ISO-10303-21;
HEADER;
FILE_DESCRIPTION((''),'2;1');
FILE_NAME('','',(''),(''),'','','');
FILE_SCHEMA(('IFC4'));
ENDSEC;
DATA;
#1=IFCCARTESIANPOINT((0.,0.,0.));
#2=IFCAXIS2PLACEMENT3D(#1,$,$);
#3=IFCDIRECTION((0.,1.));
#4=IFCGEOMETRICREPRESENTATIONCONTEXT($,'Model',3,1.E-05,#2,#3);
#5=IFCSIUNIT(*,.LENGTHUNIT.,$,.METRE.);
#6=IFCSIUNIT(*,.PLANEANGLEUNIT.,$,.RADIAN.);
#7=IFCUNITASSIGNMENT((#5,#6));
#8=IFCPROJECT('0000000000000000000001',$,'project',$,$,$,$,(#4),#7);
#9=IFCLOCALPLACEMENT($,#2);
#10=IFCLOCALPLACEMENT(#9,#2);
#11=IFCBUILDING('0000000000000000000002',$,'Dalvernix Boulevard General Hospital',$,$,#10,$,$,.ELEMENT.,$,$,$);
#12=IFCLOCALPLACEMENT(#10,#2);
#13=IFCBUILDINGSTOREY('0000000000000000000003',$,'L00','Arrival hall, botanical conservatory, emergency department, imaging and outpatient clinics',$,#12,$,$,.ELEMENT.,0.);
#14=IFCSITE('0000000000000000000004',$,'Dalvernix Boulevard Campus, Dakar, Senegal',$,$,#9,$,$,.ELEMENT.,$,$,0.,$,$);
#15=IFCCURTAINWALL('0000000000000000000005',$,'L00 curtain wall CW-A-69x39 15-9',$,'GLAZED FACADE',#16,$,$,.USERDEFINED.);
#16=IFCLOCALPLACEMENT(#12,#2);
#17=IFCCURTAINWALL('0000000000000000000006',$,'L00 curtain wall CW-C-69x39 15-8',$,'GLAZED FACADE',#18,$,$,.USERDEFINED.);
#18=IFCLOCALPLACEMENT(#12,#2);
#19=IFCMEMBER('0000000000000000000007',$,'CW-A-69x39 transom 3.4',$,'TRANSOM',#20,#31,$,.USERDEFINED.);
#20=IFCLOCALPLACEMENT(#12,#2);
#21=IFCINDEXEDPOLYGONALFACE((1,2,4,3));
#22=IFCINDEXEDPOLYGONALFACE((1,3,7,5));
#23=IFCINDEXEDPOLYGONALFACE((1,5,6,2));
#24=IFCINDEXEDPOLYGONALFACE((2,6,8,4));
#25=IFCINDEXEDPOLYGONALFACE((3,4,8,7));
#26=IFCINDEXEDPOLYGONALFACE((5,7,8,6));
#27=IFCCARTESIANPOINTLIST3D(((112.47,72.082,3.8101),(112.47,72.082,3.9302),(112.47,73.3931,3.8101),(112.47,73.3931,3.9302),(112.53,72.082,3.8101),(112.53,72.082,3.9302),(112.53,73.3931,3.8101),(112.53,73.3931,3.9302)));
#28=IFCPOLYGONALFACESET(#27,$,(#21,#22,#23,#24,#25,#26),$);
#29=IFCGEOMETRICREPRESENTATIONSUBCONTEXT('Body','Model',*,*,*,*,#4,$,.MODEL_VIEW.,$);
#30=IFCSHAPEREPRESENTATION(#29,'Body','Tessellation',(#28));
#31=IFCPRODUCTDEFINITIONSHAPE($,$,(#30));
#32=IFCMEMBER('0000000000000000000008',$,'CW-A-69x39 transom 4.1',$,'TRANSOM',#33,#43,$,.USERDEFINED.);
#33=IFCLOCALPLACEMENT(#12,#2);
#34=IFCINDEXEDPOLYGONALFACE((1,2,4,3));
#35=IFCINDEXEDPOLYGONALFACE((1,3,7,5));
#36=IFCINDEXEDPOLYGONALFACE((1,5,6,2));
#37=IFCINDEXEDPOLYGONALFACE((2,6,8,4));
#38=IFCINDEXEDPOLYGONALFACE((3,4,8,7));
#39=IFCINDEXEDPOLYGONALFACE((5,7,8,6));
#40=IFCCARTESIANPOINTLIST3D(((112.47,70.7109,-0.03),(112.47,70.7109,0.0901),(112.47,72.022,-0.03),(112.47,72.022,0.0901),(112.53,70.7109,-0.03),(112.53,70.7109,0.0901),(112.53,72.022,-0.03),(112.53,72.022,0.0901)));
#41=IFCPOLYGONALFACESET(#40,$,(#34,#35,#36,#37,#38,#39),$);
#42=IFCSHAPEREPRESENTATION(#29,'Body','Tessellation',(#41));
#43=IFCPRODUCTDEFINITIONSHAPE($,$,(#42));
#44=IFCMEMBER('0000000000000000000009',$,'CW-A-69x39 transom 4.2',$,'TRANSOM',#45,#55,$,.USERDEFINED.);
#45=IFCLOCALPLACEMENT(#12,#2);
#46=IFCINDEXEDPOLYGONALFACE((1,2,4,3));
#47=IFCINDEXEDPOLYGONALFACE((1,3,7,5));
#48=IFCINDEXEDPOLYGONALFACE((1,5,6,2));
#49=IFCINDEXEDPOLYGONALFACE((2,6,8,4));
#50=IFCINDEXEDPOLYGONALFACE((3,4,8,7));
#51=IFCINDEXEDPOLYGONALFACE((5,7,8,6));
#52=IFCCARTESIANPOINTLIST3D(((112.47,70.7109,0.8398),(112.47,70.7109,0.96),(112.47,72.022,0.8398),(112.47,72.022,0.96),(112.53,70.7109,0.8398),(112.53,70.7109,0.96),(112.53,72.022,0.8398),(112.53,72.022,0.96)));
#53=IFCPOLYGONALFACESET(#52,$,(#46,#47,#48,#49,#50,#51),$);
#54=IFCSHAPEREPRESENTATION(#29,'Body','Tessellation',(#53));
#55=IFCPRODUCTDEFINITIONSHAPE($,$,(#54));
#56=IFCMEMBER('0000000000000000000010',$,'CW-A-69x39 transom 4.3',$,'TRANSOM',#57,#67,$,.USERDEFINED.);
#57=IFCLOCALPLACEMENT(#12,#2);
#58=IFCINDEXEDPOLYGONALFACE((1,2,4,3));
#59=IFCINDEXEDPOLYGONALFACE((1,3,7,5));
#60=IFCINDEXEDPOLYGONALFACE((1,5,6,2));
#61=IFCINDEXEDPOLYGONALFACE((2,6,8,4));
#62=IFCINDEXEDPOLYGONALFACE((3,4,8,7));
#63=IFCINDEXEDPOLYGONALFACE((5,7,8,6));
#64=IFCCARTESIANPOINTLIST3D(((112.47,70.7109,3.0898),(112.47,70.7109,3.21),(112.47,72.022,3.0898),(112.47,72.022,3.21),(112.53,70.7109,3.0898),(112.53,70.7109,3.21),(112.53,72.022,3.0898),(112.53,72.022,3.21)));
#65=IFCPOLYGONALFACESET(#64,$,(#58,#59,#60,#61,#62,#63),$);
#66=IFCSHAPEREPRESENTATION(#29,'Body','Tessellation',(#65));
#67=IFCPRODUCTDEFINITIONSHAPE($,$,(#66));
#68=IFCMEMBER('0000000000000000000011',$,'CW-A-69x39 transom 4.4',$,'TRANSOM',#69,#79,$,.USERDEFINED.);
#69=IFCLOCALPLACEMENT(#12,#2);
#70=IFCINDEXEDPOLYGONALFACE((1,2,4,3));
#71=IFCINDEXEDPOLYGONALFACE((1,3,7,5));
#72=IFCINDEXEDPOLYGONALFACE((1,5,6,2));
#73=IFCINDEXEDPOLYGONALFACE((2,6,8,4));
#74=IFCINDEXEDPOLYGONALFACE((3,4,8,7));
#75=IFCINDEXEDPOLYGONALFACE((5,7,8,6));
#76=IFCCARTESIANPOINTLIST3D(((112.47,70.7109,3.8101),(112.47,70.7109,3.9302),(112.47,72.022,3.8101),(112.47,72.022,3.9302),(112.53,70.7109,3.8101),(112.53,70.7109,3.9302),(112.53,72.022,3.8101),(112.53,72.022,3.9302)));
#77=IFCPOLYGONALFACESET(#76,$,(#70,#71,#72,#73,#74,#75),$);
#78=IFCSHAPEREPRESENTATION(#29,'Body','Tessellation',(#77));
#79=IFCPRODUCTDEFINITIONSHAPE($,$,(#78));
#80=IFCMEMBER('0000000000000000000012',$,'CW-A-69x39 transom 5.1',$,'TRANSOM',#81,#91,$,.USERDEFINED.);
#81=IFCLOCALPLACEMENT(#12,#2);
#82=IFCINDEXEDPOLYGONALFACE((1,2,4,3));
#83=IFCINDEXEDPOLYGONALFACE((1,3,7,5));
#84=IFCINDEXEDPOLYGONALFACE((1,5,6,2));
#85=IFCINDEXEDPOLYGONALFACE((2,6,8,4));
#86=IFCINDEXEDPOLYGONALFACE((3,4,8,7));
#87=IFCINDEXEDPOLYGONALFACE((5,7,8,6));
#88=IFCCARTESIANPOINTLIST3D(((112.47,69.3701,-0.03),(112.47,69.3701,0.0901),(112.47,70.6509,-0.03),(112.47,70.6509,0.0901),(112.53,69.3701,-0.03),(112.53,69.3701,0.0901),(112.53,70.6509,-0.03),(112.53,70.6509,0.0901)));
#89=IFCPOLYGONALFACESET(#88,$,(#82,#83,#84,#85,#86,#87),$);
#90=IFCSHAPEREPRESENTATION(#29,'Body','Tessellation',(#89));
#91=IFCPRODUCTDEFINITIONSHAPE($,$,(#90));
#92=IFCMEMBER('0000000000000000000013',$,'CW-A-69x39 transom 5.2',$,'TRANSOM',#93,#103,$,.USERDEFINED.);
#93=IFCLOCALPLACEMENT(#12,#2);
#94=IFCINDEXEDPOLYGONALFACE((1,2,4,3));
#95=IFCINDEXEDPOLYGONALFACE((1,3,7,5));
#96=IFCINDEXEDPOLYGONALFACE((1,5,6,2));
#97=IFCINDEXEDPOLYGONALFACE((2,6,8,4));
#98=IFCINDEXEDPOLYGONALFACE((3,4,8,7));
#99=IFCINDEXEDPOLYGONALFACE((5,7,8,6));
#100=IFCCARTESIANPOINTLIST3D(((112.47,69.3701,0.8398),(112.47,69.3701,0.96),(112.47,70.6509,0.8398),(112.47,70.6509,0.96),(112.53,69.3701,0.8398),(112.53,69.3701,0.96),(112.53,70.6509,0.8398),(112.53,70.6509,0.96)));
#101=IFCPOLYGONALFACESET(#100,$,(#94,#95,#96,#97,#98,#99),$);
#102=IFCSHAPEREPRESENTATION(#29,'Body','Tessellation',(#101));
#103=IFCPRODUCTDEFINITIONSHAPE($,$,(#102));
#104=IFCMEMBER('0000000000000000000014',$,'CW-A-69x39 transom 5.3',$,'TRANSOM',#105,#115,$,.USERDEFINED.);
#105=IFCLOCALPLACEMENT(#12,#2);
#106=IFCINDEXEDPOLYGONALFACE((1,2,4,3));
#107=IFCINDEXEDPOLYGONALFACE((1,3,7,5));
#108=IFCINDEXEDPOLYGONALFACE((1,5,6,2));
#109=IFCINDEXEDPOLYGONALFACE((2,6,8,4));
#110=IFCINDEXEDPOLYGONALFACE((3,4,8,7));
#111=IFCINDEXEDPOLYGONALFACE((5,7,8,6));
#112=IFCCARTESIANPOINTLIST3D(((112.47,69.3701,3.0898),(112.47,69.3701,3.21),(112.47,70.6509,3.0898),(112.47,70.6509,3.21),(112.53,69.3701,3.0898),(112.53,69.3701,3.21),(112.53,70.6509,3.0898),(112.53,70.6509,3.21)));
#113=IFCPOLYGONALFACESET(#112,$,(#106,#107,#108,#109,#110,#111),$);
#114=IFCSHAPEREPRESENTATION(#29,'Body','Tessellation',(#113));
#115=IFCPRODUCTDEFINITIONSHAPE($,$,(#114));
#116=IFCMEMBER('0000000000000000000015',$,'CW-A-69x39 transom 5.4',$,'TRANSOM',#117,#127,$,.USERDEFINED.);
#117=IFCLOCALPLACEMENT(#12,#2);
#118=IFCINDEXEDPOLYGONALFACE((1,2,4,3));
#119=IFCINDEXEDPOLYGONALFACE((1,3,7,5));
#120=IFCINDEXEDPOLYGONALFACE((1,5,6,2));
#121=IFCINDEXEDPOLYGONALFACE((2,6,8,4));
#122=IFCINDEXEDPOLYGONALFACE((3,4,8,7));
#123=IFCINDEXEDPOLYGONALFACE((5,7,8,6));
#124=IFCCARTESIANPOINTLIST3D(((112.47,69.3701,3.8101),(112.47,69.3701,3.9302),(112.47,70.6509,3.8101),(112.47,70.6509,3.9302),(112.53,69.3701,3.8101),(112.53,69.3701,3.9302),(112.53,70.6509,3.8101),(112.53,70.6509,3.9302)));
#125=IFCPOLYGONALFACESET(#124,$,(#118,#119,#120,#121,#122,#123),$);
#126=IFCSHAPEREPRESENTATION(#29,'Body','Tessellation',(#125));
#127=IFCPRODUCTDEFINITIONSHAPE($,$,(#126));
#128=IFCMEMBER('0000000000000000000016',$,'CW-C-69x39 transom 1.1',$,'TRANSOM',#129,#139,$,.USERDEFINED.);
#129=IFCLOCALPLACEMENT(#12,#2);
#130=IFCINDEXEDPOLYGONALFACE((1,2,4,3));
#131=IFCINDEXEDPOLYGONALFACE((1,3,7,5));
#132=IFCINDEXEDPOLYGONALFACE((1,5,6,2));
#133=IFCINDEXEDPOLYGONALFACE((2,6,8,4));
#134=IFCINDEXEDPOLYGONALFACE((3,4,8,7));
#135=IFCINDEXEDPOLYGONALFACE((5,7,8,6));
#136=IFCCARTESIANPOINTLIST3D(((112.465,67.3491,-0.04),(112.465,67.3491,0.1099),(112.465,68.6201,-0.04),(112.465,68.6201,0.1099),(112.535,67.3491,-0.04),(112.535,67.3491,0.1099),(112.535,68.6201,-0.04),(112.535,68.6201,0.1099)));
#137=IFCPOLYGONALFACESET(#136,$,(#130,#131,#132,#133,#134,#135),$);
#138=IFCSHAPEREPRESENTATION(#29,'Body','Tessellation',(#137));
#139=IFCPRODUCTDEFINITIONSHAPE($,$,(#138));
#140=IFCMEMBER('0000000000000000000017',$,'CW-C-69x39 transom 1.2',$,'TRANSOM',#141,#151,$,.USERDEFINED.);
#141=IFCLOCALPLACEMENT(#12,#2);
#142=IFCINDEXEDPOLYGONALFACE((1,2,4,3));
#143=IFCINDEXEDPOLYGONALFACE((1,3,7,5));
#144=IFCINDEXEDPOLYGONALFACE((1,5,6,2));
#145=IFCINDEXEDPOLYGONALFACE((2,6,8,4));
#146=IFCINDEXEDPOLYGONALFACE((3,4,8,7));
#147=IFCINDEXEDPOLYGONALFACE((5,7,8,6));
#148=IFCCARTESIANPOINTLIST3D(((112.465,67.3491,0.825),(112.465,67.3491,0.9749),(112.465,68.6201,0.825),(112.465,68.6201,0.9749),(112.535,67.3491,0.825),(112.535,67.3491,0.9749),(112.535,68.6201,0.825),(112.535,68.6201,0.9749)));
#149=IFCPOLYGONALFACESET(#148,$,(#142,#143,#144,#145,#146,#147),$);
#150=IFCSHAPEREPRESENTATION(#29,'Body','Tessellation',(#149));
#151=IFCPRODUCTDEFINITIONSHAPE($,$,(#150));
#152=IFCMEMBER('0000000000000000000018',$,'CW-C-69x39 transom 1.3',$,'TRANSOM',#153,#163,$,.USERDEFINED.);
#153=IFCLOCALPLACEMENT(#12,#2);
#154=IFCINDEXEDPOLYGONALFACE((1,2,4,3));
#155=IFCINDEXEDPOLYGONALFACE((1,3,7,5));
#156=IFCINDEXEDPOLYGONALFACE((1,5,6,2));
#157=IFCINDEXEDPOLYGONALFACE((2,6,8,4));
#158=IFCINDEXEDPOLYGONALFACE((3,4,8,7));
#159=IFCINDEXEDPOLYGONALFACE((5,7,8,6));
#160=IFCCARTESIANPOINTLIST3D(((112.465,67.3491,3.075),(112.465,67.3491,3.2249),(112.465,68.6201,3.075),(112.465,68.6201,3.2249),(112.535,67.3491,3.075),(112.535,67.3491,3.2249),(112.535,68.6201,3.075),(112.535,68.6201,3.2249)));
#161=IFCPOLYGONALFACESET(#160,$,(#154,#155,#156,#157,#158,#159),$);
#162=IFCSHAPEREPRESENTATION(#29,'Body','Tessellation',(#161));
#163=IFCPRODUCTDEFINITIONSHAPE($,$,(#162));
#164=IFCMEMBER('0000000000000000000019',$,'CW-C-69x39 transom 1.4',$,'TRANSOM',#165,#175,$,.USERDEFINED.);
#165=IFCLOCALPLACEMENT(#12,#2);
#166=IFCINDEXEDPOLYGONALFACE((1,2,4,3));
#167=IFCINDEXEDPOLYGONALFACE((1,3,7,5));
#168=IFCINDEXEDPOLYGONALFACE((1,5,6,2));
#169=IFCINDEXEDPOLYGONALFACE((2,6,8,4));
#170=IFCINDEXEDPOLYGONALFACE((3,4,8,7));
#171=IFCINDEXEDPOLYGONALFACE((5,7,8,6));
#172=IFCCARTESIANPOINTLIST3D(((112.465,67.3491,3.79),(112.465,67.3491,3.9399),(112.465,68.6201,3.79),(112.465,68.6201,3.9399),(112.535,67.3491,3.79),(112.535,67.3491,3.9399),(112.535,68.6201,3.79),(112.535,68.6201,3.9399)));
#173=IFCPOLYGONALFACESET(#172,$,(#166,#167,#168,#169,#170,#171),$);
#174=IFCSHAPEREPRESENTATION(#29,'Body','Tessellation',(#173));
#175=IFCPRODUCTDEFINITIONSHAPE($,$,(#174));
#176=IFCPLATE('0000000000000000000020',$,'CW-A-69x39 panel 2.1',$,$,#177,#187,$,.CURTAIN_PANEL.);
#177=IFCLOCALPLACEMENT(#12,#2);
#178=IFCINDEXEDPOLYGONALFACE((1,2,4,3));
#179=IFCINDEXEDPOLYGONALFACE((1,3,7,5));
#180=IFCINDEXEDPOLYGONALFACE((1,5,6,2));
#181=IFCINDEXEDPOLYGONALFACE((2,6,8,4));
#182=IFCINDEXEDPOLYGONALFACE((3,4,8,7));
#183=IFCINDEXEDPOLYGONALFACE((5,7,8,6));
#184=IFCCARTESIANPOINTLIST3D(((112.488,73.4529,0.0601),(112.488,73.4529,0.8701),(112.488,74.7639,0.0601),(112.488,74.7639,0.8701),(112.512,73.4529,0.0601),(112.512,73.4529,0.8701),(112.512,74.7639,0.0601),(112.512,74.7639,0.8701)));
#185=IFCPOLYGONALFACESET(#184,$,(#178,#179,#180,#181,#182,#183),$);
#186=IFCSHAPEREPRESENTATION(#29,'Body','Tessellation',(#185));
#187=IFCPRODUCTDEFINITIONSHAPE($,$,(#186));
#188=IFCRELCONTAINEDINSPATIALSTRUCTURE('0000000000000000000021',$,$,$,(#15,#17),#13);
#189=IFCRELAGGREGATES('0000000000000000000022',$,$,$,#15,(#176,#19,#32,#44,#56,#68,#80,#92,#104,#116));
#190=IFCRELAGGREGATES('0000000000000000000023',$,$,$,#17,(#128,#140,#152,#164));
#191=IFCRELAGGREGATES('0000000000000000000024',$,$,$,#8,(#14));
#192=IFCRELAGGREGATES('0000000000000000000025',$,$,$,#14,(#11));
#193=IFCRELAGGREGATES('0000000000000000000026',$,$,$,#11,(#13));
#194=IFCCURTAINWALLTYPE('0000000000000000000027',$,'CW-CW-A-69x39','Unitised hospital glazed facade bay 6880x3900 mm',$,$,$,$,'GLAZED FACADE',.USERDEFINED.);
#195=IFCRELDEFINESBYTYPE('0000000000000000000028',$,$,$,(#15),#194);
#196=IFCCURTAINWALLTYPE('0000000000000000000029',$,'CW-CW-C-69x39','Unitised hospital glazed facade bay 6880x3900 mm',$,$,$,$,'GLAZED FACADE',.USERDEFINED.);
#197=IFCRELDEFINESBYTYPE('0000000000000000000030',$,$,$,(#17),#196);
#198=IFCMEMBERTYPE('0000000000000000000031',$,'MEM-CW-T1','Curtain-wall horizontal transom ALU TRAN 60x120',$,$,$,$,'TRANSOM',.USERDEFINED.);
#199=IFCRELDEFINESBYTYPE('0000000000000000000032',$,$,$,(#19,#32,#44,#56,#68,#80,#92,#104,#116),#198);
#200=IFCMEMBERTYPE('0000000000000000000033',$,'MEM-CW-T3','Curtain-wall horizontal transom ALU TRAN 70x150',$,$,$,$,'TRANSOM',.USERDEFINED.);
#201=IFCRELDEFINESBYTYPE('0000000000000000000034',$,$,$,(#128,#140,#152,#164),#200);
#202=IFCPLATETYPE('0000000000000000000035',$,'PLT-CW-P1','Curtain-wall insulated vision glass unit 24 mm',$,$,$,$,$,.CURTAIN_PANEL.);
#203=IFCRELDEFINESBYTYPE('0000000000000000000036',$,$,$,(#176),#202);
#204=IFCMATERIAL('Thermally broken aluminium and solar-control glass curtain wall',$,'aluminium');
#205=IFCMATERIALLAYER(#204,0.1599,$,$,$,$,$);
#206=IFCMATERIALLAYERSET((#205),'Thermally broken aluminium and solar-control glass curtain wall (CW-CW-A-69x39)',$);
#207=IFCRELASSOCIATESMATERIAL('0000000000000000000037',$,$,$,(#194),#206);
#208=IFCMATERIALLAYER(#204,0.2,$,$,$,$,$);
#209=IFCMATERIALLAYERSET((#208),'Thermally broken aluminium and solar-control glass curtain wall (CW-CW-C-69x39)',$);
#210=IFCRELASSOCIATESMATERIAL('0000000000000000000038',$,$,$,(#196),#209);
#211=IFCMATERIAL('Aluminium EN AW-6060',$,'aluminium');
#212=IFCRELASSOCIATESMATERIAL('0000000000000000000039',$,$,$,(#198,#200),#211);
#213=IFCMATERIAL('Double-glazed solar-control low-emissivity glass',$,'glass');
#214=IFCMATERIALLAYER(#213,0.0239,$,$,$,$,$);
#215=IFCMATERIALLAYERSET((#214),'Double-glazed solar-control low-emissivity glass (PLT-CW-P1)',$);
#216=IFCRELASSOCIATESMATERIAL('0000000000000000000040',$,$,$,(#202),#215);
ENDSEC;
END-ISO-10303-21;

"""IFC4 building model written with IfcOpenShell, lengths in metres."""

from ifc_helpers import new_model, si_unit, direction, frame, origin, origin_2d, place, context, subcontext, project, spatial, rectangle, extrude, material, layer, layer_set, material_profile, profile_set, type_object, element, aggregate, save


model = new_model("IFC4")

# Units and contexts
model_context = context("Model", 3, precision=1e-05, world=origin(), true_north=direction((0.0, 1.0)))
body_context = subcontext(model_context, "Body", "Model", "MODEL_VIEW")
ifc_project = project(units=[si_unit("LENGTHUNIT", "METRE"), si_unit("PLANEANGLEUNIT", "RADIAN")], contexts=[model_context])

# Site, building, storey
site_placement = place(None, origin())
site = spatial("IfcSite", under=ifc_project, at=site_placement, Name="Dalvernix Boulevard Campus, Dakar, Senegal", CompositionType="ELEMENT", RefElevation=0.0)
building_placement = place(site_placement, origin())
building = spatial("IfcBuilding", under=site, at=building_placement, Name="Dalvernix Boulevard General Hospital", CompositionType="ELEMENT")
storey_placement = place(building_placement, origin())
storey = spatial("IfcBuildingStorey", under=building, at=storey_placement, Name="L00", Description="Arrival hall, botanical conservatory, emergency department, imaging and outpatient clinics", CompositionType="ELEMENT", Elevation=0.0)

# Curtain wall
ifc_material_1 = material(Name="Thermally broken aluminium and solar-control glass curtain wall", Category="aluminium")
ifc_layer_1 = layer(ifc_material_1, 0.1599)
ifc_layer_set_1 = layer_set([ifc_layer_1], Name="Thermally broken aluminium and solar-control glass curtain wall (CW-CW-A-69x39)")
curtain_wall_type_1 = type_object("IfcCurtainWallType", Name="CW-CW-A-69x39", Description="Unitised hospital glazed facade bay 6880x3900 mm", ElementType="GLAZED FACADE", PredefinedType="USERDEFINED", material=ifc_layer_set_1)
curtain_wall_1_placement = place(storey_placement, origin())
curtain_wall_1 = element("IfcCurtainWall", 1, at=curtain_wall_1_placement, inside=storey, type_object=curtain_wall_type_1, Name="L00 curtain wall CW-A-69x39 15-9", ObjectType="GLAZED FACADE", PredefinedType="USERDEFINED")
ifc_material_2 = material(Name="Aluminium EN AW-6060", Category="aluminium")

# Curtain wall
ifc_layer_2 = layer(ifc_material_1, 0.2)
ifc_layer_set_2 = layer_set([ifc_layer_2], Name="Thermally broken aluminium and solar-control glass curtain wall (CW-CW-C-69x39)")
curtain_wall_type_2 = type_object("IfcCurtainWallType", Name="CW-CW-C-69x39", Description="Unitised hospital glazed facade bay 6880x3900 mm", ElementType="GLAZED FACADE", PredefinedType="USERDEFINED", material=ifc_layer_set_2)
curtain_wall_2_placement = place(storey_placement, origin())
curtain_wall_2 = element("IfcCurtainWall", 2, at=curtain_wall_2_placement, inside=storey, type_object=curtain_wall_type_2, Name="L00 curtain wall CW-C-69x39 15-8", ObjectType="GLAZED FACADE", PredefinedType="USERDEFINED")

# Members
ifc_material_profile_1 = material_profile(ifc_material_2, rectangle(XDim=0.0601, YDim=0.1201, at=origin_2d()), Name="ALU TRAN 60x120")
ifc_profile_set_1 = profile_set([ifc_material_profile_1], Name="Aluminium EN AW-6060")
member_type_1 = type_object("IfcMemberType", Name="MEM-CW-T1", Description="Curtain-wall horizontal transom ALU TRAN 60x120", ElementType="TRANSOM", PredefinedType="USERDEFINED", material=ifc_profile_set_1)
member_1_placement = place(storey_placement, frame((112.5, 73.3931, 3.8701), z_axis=(0.0, -1.0, 0.0), x_axis=(1.0, 0.0, 0.0)))
member_1 = element("IfcMember", 3, at=member_1_placement, type_object=member_type_1, Name="CW-A-69x39 transom 3.4", ObjectType="TRANSOM", PredefinedType="USERDEFINED", context=body_context, shape_type="SweptSolid", body=[
    extrude(rectangle(XDim=0.0601, YDim=0.1201, at=origin_2d()), origin(), (0.0, 0.0, 1.0), 1.311),
])
member_2_placement = place(storey_placement, frame((112.5, 72.022, 0.03), z_axis=(0.0, -1.0, 0.0), x_axis=(1.0, 0.0, 0.0)))
member_2 = element("IfcMember", 4, at=member_2_placement, type_object=member_type_1, Name="CW-A-69x39 transom 4.1", ObjectType="TRANSOM", PredefinedType="USERDEFINED", context=body_context, shape_type="SweptSolid", body=[
    extrude(rectangle(XDim=0.0601, YDim=0.1201, at=origin_2d()), origin(), (0.0, 0.0, 1.0), 1.311),
])
member_3_placement = place(storey_placement, frame((112.5, 72.022, 0.8999), z_axis=(0.0, -1.0, 0.0), x_axis=(1.0, 0.0, 0.0)))
member_3 = element("IfcMember", 5, at=member_3_placement, type_object=member_type_1, Name="CW-A-69x39 transom 4.2", ObjectType="TRANSOM", PredefinedType="USERDEFINED", context=body_context, shape_type="SweptSolid", body=[
    extrude(rectangle(XDim=0.0601, YDim=0.1201, at=origin_2d()), origin(), (0.0, 0.0, 1.0), 1.311),
])
member_4_placement = place(storey_placement, frame((112.5, 72.022, 3.1499), z_axis=(0.0, -1.0, 0.0), x_axis=(1.0, 0.0, 0.0)))
member_4 = element("IfcMember", 6, at=member_4_placement, type_object=member_type_1, Name="CW-A-69x39 transom 4.3", ObjectType="TRANSOM", PredefinedType="USERDEFINED", context=body_context, shape_type="SweptSolid", body=[
    extrude(rectangle(XDim=0.0601, YDim=0.1201, at=origin_2d()), origin(), (0.0, 0.0, 1.0), 1.311),
])
member_5_placement = place(storey_placement, frame((112.5, 72.022, 3.8701), z_axis=(0.0, -1.0, 0.0), x_axis=(1.0, 0.0, 0.0)))
member_5 = element("IfcMember", 7, at=member_5_placement, type_object=member_type_1, Name="CW-A-69x39 transom 4.4", ObjectType="TRANSOM", PredefinedType="USERDEFINED", context=body_context, shape_type="SweptSolid", body=[
    extrude(rectangle(XDim=0.0601, YDim=0.1201, at=origin_2d()), origin(), (0.0, 0.0, 1.0), 1.311),
])
member_6_placement = place(storey_placement, frame((112.5, 70.6509, 0.03), z_axis=(0.0, -1.0, 0.0), x_axis=(1.0, 0.0, 0.0)))
member_6 = element("IfcMember", 8, at=member_6_placement, type_object=member_type_1, Name="CW-A-69x39 transom 5.1", ObjectType="TRANSOM", PredefinedType="USERDEFINED", context=body_context, shape_type="SweptSolid", body=[
    extrude(rectangle(XDim=0.0601, YDim=0.1201, at=origin_2d()), origin(), (0.0, 0.0, 1.0), 1.2808),
])
member_7_placement = place(storey_placement, frame((112.5, 70.6509, 0.8999), z_axis=(0.0, -1.0, 0.0), x_axis=(1.0, 0.0, 0.0)))
member_7 = element("IfcMember", 9, at=member_7_placement, type_object=member_type_1, Name="CW-A-69x39 transom 5.2", ObjectType="TRANSOM", PredefinedType="USERDEFINED", context=body_context, shape_type="SweptSolid", body=[
    extrude(rectangle(XDim=0.0601, YDim=0.1201, at=origin_2d()), origin(), (0.0, 0.0, 1.0), 1.2808),
])
member_8_placement = place(storey_placement, frame((112.5, 70.6509, 3.1499), z_axis=(0.0, -1.0, 0.0), x_axis=(1.0, 0.0, 0.0)))
member_8 = element("IfcMember", 10, at=member_8_placement, type_object=member_type_1, Name="CW-A-69x39 transom 5.3", ObjectType="TRANSOM", PredefinedType="USERDEFINED", context=body_context, shape_type="SweptSolid", body=[
    extrude(rectangle(XDim=0.0601, YDim=0.1201, at=origin_2d()), origin(), (0.0, 0.0, 1.0), 1.2808),
])
member_9_placement = place(storey_placement, frame((112.5, 70.6509, 3.8701), z_axis=(0.0, -1.0, 0.0), x_axis=(1.0, 0.0, 0.0)))
member_9 = element("IfcMember", 11, at=member_9_placement, type_object=member_type_1, Name="CW-A-69x39 transom 5.4", ObjectType="TRANSOM", PredefinedType="USERDEFINED", context=body_context, shape_type="SweptSolid", body=[
    extrude(rectangle(XDim=0.0601, YDim=0.1201, at=origin_2d()), origin(), (0.0, 0.0, 1.0), 1.2808),
])
ifc_material_profile_2 = material_profile(ifc_material_2, rectangle(XDim=0.0701, YDim=0.1499, at=origin_2d()), Name="ALU TRAN 70x150")
ifc_profile_set_2 = profile_set([ifc_material_profile_2], Name="Aluminium EN AW-6060")
member_type_2 = type_object("IfcMemberType", Name="MEM-CW-T3", Description="Curtain-wall horizontal transom ALU TRAN 70x150", ElementType="TRANSOM", PredefinedType="USERDEFINED", material=ifc_profile_set_2)
member_10_placement = place(storey_placement, frame((112.5, 68.6201, 0.0349), z_axis=(0.0, -1.0, 0.0), x_axis=(1.0, 0.0, 0.0)))
member_10 = element("IfcMember", 12, at=member_10_placement, type_object=member_type_2, Name="CW-C-69x39 transom 1.1", ObjectType="TRANSOM", PredefinedType="USERDEFINED", context=body_context, shape_type="SweptSolid", body=[
    extrude(rectangle(XDim=0.0701, YDim=0.1499, at=origin_2d()), origin(), (0.0, 0.0, 1.0), 1.271),
])
member_11_placement = place(storey_placement, frame((112.5, 68.6201, 0.8999), z_axis=(0.0, -1.0, 0.0), x_axis=(1.0, 0.0, 0.0)))
member_11 = element("IfcMember", 13, at=member_11_placement, type_object=member_type_2, Name="CW-C-69x39 transom 1.2", ObjectType="TRANSOM", PredefinedType="USERDEFINED", context=body_context, shape_type="SweptSolid", body=[
    extrude(rectangle(XDim=0.0701, YDim=0.1499, at=origin_2d()), origin(), (0.0, 0.0, 1.0), 1.271),
])
member_12_placement = place(storey_placement, frame((112.5, 68.6201, 3.1499), z_axis=(0.0, -1.0, 0.0), x_axis=(1.0, 0.0, 0.0)))
member_12 = element("IfcMember", 14, at=member_12_placement, type_object=member_type_2, Name="CW-C-69x39 transom 1.3", ObjectType="TRANSOM", PredefinedType="USERDEFINED", context=body_context, shape_type="SweptSolid", body=[
    extrude(rectangle(XDim=0.0701, YDim=0.1499, at=origin_2d()), origin(), (0.0, 0.0, 1.0), 1.271),
])
member_13_placement = place(storey_placement, frame((112.5, 68.6201, 3.865), z_axis=(0.0, -1.0, 0.0), x_axis=(1.0, 0.0, 0.0)))
member_13 = element("IfcMember", 15, at=member_13_placement, type_object=member_type_2, Name="CW-C-69x39 transom 1.4", ObjectType="TRANSOM", PredefinedType="USERDEFINED", context=body_context, shape_type="SweptSolid", body=[
    extrude(rectangle(XDim=0.0701, YDim=0.1499, at=origin_2d()), origin(), (0.0, 0.0, 1.0), 1.271),
])

# Plate
ifc_material_3 = material(Name="Double-glazed solar-control low-emissivity glass", Category="glass")
ifc_layer_3 = layer(ifc_material_3, 0.0239)
ifc_layer_set_3 = layer_set([ifc_layer_3], Name="Double-glazed solar-control low-emissivity glass (PLT-CW-P1)")
plate_type_1 = type_object("IfcPlateType", Name="PLT-CW-P1", Description="Curtain-wall insulated vision glass unit 24 mm", PredefinedType="CURTAIN_PANEL", material=ifc_layer_set_3)
plate_1_placement = place(storey_placement, frame((112.5, 74.1084, 0.0601), z_axis=(0.0, 0.0, 1.0), x_axis=(0.0, -1.0, 0.0)))
plate_1 = element("IfcPlate", 16, at=plate_1_placement, type_object=plate_type_1, Name="CW-A-69x39 panel 2.1", PredefinedType="CURTAIN_PANEL", context=body_context, shape_type="SweptSolid", body=[
    extrude(rectangle(XDim=1.311, YDim=0.0239, at=origin_2d()), origin(), (0.0, 0.0, 1.0), 0.8101),
])
aggregate(curtain_wall_1, [plate_1, member_1, member_2, member_3, member_4, member_5, member_6, member_7, member_8, member_9])
aggregate(curtain_wall_2, [member_10, member_11, member_12, member_13])

save(model, "model.ifc")
